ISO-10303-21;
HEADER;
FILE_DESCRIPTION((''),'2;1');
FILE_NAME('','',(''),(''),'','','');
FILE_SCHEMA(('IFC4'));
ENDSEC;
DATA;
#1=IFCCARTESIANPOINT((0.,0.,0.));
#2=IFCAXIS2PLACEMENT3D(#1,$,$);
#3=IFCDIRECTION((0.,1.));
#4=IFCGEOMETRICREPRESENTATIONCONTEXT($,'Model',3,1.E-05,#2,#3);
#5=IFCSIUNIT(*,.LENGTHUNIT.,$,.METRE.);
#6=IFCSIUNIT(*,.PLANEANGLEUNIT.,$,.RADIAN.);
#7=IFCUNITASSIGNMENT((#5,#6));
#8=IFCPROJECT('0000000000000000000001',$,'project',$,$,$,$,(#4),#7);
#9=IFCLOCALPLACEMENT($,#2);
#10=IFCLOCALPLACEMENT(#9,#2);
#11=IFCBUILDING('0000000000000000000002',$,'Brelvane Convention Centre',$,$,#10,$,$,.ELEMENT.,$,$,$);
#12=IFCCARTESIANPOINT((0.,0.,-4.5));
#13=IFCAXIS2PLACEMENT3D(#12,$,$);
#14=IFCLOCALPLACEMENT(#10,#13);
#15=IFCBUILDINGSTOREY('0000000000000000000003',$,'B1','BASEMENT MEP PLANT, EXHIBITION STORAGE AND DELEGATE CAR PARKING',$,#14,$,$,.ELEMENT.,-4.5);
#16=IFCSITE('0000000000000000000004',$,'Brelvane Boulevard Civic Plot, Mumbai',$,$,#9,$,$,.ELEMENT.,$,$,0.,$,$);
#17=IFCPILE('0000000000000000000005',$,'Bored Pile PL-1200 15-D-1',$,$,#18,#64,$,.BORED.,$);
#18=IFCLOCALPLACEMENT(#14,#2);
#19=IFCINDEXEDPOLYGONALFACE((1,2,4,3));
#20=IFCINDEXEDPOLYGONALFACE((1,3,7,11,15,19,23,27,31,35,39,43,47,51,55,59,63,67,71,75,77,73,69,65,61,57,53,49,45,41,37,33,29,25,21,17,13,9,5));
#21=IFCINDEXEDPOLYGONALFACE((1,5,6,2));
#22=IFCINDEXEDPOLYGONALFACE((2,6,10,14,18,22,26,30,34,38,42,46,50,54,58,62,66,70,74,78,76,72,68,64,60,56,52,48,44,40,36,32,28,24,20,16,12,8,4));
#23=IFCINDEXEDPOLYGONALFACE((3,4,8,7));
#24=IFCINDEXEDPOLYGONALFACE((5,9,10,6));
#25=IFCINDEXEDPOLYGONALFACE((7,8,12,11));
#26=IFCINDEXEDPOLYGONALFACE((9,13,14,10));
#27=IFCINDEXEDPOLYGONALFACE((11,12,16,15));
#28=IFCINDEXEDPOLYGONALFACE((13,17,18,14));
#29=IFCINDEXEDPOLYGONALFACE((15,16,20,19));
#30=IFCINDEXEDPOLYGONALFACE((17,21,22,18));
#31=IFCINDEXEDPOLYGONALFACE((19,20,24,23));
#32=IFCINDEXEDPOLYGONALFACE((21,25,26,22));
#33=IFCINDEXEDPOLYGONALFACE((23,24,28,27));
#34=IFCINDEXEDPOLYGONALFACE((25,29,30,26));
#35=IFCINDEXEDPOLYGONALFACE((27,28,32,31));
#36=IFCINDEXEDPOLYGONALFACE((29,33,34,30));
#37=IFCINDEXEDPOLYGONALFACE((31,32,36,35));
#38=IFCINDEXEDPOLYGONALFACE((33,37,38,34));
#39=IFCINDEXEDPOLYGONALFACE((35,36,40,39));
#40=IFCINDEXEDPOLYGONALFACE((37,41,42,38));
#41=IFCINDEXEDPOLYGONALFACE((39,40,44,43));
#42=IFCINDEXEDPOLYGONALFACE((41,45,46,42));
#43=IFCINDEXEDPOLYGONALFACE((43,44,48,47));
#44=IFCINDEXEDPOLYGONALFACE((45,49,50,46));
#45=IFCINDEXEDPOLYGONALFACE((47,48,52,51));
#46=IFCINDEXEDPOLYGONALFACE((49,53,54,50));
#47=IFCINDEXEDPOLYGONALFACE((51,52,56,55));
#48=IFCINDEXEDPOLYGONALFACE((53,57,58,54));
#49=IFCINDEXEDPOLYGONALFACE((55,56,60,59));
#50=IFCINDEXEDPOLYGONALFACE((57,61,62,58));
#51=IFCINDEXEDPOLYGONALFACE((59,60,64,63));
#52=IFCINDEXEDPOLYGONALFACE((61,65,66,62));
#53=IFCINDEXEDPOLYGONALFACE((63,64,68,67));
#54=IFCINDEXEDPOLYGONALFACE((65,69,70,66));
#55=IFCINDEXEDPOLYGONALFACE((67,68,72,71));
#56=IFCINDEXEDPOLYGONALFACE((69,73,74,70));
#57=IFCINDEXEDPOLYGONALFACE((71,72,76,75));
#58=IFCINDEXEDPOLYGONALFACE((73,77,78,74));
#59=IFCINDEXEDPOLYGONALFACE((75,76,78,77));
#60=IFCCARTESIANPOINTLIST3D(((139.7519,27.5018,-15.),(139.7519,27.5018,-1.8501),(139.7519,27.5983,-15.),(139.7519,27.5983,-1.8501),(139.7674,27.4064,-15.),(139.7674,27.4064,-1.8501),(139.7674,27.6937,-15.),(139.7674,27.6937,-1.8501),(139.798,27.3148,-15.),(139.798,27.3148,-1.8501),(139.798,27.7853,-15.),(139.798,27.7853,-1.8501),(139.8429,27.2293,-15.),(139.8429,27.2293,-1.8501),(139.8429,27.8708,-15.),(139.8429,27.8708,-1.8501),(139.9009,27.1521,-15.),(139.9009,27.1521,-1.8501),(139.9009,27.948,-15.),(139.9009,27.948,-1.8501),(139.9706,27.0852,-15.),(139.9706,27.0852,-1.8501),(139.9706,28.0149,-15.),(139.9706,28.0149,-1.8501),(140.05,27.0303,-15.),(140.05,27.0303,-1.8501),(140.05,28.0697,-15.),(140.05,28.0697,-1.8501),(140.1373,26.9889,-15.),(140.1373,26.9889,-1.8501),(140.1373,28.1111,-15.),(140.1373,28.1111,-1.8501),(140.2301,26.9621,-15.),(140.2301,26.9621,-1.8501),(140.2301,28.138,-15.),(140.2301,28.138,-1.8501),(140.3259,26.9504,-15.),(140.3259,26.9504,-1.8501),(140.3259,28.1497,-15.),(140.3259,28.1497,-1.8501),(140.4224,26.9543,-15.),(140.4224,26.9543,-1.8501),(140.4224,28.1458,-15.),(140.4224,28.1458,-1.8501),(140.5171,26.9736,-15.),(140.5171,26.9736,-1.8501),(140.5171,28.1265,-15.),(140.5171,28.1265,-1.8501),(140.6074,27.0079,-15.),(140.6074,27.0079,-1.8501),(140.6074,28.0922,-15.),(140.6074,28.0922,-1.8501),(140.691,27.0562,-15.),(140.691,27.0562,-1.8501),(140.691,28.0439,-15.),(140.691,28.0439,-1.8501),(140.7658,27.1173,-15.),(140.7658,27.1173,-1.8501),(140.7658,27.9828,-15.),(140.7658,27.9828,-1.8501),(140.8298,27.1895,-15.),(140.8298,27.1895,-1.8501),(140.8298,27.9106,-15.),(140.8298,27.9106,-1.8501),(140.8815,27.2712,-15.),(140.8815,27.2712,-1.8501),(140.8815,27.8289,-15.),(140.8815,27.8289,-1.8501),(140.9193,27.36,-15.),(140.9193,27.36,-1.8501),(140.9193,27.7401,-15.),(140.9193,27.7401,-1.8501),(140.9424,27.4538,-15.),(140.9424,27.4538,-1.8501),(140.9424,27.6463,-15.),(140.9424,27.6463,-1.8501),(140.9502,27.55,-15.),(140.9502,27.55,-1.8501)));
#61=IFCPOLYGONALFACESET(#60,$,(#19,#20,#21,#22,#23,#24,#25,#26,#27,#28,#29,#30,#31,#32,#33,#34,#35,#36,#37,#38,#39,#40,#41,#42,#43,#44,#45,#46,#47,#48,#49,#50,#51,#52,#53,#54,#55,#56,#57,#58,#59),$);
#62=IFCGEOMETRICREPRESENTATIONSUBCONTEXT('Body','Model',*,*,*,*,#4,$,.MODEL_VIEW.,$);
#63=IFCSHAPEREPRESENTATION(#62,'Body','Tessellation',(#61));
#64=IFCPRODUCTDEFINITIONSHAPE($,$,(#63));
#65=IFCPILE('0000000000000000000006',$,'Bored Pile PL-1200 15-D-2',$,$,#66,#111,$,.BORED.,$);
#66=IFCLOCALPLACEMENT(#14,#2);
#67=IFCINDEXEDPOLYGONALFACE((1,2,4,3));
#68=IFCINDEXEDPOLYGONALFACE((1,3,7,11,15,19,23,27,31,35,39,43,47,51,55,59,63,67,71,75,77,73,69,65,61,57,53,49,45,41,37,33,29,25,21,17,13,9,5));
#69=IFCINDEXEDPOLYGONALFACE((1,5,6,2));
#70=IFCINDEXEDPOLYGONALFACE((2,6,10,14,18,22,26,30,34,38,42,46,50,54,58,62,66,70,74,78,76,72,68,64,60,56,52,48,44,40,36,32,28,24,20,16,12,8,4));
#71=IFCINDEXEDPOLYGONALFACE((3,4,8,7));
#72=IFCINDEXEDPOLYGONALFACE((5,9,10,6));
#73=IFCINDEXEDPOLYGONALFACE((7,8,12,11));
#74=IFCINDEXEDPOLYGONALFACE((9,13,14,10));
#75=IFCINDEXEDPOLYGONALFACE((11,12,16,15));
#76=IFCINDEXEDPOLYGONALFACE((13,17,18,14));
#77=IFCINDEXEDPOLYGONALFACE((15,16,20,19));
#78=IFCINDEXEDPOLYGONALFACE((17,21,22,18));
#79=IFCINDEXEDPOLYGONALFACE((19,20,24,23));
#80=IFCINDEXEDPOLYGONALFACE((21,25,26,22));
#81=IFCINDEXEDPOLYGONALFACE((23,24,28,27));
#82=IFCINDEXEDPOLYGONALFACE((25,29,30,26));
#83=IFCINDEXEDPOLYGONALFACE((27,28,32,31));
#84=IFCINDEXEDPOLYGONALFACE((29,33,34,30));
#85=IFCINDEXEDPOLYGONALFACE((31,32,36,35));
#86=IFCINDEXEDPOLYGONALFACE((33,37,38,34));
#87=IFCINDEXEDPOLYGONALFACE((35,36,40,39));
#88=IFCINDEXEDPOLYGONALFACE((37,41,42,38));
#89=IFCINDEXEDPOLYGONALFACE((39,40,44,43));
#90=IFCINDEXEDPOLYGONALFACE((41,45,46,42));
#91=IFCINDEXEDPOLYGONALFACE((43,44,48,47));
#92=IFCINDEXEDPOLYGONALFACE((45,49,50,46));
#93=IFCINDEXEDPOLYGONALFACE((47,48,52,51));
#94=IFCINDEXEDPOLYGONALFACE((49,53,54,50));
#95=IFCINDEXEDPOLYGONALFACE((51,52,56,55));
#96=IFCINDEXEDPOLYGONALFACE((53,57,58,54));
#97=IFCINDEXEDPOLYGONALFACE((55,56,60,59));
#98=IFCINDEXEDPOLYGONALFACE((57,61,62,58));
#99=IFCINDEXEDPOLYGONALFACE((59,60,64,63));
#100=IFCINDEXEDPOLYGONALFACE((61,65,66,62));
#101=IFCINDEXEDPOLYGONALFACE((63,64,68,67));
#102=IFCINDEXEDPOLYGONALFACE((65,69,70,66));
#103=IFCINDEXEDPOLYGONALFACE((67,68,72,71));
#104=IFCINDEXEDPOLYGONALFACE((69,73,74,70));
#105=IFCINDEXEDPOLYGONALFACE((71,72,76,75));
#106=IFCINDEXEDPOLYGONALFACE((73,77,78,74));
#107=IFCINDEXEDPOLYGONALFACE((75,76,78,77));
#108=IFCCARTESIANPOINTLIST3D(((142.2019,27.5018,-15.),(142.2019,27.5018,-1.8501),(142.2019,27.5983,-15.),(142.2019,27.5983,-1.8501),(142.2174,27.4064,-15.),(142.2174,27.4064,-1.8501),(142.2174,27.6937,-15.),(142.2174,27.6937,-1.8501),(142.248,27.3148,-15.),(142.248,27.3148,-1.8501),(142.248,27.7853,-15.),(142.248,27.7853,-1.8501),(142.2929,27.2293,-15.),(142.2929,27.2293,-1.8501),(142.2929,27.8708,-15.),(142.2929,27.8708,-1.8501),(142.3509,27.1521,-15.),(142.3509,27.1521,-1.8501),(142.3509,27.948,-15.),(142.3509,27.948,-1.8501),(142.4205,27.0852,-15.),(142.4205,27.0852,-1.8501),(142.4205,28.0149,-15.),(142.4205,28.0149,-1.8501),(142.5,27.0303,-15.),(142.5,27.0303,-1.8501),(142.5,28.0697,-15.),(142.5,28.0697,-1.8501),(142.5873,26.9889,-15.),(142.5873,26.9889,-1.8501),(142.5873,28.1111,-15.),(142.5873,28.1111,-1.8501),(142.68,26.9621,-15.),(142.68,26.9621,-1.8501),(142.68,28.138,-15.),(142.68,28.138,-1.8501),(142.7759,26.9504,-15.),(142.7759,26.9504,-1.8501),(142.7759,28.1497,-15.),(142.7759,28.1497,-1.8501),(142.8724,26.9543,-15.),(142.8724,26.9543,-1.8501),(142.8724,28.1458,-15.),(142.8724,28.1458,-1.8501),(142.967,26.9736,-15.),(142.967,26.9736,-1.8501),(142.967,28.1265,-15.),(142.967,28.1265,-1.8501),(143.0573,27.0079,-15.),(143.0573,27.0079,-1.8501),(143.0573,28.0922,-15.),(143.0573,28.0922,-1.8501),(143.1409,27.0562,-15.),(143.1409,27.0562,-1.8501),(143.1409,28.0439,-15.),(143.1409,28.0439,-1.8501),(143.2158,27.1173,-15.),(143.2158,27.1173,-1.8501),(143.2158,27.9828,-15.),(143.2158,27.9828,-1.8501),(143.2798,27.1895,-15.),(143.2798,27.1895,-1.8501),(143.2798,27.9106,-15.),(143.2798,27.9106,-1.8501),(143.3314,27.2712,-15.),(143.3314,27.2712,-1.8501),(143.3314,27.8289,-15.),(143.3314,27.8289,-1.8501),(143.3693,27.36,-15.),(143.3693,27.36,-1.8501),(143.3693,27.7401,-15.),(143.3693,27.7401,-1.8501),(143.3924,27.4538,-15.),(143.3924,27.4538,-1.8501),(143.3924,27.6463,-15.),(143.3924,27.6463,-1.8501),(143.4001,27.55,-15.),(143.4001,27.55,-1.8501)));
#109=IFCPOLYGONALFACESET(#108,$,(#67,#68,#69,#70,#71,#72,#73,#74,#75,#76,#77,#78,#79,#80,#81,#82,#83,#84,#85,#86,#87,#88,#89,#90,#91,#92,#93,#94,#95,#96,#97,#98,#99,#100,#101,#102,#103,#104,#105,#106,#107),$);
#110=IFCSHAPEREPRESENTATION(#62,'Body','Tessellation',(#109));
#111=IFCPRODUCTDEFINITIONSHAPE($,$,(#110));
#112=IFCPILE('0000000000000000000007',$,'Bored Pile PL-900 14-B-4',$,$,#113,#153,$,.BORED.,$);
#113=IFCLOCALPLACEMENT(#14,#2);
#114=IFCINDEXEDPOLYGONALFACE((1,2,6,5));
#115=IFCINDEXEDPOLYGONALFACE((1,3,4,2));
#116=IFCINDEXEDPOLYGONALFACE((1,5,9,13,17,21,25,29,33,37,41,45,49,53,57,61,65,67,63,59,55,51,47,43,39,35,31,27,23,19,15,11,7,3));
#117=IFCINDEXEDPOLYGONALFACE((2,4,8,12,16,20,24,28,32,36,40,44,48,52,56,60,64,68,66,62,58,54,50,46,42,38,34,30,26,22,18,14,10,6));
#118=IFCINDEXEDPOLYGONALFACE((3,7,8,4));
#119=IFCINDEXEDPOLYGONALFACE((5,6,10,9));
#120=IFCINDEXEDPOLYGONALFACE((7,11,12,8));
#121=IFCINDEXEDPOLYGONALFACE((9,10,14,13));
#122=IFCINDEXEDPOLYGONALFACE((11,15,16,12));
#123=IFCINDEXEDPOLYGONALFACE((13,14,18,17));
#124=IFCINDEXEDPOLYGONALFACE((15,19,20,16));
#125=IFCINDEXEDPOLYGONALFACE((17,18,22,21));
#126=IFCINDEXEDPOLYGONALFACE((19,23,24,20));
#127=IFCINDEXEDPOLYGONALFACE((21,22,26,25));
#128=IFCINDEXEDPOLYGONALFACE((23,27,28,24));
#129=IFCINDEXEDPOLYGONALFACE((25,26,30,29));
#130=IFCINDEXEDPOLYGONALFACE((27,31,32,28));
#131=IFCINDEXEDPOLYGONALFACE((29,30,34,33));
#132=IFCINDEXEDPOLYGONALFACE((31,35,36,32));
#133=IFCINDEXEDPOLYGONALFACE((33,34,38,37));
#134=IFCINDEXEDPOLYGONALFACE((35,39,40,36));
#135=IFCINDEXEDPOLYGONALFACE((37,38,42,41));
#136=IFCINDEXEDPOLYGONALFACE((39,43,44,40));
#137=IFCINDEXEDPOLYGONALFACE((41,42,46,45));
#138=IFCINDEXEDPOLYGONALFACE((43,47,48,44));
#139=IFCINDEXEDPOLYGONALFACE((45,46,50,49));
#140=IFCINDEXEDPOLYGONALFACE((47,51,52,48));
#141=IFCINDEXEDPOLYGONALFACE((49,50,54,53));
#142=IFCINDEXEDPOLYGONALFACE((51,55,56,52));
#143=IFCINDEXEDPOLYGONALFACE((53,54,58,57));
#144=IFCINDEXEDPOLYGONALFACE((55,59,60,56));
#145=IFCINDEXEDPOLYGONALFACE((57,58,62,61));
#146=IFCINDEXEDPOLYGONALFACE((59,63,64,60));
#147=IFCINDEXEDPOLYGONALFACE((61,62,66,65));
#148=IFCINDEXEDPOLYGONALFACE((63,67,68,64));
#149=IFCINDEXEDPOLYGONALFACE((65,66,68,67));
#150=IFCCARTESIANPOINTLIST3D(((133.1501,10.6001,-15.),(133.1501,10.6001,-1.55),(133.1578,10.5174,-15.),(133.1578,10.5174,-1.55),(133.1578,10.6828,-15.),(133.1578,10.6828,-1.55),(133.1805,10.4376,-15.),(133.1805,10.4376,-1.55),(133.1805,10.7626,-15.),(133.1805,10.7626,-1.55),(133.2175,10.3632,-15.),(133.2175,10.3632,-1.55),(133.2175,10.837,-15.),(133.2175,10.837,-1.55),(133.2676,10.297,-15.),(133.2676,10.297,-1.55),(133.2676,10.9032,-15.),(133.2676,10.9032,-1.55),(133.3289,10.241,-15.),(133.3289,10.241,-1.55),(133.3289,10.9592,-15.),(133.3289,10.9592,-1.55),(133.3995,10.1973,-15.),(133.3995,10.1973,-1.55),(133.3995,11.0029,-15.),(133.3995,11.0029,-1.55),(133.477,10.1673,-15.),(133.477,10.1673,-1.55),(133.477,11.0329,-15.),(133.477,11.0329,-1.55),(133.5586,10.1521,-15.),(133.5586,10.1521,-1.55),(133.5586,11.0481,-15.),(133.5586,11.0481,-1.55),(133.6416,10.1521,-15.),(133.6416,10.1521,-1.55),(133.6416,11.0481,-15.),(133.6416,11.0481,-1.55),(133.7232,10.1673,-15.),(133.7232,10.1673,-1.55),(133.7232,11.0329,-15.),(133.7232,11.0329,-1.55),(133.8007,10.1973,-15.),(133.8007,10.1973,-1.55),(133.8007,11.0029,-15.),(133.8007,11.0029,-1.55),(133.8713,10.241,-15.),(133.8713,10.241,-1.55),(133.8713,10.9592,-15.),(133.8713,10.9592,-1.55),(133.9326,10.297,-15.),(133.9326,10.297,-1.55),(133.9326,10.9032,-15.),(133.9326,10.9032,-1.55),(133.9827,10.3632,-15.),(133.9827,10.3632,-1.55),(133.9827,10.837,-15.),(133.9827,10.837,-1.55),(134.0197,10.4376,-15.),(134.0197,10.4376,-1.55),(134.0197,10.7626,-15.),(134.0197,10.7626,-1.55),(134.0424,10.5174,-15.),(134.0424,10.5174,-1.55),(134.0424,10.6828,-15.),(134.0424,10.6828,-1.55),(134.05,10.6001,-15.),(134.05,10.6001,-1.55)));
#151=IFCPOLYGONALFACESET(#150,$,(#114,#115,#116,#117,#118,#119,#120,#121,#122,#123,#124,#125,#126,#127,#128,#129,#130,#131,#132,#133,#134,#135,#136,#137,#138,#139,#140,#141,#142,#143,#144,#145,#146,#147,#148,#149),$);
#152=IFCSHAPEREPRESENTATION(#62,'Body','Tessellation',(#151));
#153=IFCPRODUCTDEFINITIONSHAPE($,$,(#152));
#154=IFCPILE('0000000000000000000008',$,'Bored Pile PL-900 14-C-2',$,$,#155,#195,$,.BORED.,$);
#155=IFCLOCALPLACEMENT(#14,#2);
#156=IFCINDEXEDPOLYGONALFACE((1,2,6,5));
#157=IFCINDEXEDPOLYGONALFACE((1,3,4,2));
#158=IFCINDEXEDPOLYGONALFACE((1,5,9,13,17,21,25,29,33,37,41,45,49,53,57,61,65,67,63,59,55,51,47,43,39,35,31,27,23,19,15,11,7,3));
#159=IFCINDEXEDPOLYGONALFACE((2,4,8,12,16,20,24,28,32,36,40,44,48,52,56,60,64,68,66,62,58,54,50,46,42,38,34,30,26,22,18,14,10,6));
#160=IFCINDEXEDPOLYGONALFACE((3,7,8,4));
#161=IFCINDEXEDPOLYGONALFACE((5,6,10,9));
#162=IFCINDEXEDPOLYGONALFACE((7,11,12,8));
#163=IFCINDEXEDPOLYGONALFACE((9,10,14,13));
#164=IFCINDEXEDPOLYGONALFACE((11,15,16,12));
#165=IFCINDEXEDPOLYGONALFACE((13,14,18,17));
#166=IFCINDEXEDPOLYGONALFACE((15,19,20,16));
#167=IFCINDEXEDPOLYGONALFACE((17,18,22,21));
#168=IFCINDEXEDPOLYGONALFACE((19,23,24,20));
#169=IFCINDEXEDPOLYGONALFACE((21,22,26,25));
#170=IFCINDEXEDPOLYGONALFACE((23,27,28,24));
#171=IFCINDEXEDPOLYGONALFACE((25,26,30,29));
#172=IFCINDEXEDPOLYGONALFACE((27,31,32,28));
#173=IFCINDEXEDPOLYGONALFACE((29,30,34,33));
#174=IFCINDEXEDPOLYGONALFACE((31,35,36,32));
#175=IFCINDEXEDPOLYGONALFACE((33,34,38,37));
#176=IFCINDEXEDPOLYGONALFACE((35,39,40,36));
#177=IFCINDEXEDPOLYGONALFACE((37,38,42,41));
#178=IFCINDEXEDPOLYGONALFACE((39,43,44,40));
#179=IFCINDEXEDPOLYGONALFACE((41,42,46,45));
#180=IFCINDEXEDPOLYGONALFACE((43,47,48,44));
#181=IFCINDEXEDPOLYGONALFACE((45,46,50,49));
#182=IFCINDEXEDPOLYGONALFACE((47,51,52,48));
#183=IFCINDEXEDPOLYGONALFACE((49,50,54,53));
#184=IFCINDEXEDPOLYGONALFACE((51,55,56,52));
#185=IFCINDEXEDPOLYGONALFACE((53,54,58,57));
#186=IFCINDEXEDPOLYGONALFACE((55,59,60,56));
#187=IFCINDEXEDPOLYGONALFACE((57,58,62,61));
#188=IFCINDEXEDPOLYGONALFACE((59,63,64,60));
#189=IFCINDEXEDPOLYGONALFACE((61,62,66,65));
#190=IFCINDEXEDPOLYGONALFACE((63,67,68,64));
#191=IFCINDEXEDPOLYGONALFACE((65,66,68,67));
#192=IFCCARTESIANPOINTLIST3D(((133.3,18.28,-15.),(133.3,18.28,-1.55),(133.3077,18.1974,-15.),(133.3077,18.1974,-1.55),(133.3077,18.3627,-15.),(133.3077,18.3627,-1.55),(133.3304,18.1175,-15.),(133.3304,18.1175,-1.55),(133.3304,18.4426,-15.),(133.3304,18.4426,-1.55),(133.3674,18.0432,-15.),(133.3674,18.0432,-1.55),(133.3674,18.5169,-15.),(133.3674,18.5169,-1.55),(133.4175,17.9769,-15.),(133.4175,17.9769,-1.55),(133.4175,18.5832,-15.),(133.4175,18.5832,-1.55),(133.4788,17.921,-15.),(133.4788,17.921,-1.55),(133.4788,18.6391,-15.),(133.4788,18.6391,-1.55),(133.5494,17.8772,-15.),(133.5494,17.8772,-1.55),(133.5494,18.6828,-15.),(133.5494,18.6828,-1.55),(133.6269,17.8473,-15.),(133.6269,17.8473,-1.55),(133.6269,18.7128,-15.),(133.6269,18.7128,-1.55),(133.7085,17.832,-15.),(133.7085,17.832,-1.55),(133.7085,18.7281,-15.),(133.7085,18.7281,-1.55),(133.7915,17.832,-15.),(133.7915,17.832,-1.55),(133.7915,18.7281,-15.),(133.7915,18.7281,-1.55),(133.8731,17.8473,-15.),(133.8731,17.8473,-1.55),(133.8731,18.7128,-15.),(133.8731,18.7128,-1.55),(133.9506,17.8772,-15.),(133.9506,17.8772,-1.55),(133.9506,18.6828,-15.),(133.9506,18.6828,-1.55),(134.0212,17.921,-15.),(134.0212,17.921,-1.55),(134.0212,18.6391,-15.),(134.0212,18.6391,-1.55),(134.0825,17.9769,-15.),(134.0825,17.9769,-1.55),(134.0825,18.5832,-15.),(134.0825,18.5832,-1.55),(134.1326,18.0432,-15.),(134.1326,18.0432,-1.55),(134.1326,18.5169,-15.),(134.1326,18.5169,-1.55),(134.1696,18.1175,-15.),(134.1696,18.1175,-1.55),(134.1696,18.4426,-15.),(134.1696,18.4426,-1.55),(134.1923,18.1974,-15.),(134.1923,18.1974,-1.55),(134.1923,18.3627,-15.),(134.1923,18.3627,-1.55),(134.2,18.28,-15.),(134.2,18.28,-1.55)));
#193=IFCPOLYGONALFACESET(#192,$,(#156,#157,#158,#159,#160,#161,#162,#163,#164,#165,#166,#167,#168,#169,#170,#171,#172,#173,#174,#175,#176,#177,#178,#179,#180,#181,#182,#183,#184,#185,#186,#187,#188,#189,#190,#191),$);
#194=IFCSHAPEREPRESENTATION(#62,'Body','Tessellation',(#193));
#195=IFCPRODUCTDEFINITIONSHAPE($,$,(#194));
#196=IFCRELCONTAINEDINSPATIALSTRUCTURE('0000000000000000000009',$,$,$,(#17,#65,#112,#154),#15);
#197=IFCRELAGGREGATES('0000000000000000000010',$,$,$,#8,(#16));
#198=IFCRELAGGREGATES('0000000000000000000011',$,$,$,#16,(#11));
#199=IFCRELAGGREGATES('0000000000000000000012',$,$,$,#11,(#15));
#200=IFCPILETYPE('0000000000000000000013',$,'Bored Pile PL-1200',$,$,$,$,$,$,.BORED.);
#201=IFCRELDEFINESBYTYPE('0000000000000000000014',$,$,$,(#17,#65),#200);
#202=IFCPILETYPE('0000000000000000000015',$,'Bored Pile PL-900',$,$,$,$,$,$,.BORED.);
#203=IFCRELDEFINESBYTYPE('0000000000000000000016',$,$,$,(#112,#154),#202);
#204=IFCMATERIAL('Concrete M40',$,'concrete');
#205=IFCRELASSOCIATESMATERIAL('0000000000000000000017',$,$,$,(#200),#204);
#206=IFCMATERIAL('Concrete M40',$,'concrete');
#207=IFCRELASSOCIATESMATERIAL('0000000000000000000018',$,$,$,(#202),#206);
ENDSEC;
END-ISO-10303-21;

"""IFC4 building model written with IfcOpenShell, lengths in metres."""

from ifc_helpers import new_model, si_unit, direction, frame, origin, origin_2d, place, context, subcontext, project, spatial, circle, extrude, material, material_profile, profile_set, type_object, element, save


model = new_model("IFC4")

# Units and contexts
model_context = context("Model", 3, precision=1e-05, world=origin(), true_north=direction((0.0, 1.0)))
body_context = subcontext(model_context, "Body", "Model", "MODEL_VIEW")
ifc_project = project(units=[si_unit("LENGTHUNIT", "METRE"), si_unit("PLANEANGLEUNIT", "RADIAN")], contexts=[model_context])

# Site, building, storey
site_placement = place(None, origin())
site = spatial("IfcSite", under=ifc_project, at=site_placement, Name="Brelvane Boulevard Civic Plot, Mumbai", CompositionType="ELEMENT", RefElevation=0.0)
building_placement = place(site_placement, origin())
building = spatial("IfcBuilding", under=site, at=building_placement, Name="Brelvane Convention Centre", CompositionType="ELEMENT")
storey_placement = place(building_placement, frame((0.0, 0.0, -4.5)))
storey = spatial("IfcBuildingStorey", under=building, at=storey_placement, Name="B1", Description="BASEMENT MEP PLANT, EXHIBITION STORAGE AND DELEGATE CAR PARKING", CompositionType="ELEMENT", Elevation=-4.5)

# Piles
ifc_material_1 = material(Name="Concrete M40", Category="concrete")
ifc_material_profile_1 = material_profile(ifc_material_1, circle(Radius=0.6001, at=origin_2d()), Name="PILE D1200")
ifc_profile_set_1 = profile_set([ifc_material_profile_1], Name="Concrete M40")
pile_type_1 = type_object("IfcPileType", Name="Bored Pile PL-1200", PredefinedType="BORED", material=ifc_profile_set_1)
for number, where, z_axis, x_axis, name in (
    (1, (140.3501, 27.55, -1.8501), (0.0, 0.0, -1.0), (1.0, 0.0, 0.0), "Bored Pile PL-1200 15-D-1"),
    (2, (142.8, 27.55, -1.8501), (0.0, 0.0, -1.0), (1.0, 0.0, 0.0), "Bored Pile PL-1200 15-D-2"),
):
    element("IfcPile", number, at=place(storey_placement, frame(where, z_axis=z_axis, x_axis=x_axis)), inside=storey, type_object=pile_type_1, Name=name, PredefinedType="BORED", context=body_context, shape_type="SweptSolid", body=[
        extrude(circle(Radius=0.6001, at=origin_2d()), origin(), (0.0, 0.0, 1.0), 13.1499),
    ])
ifc_material_2 = material(Name="Concrete M40", Category="concrete")
ifc_material_profile_2 = material_profile(ifc_material_2, circle(Radius=0.45, at=origin_2d()), Name="PILE D900")
ifc_profile_set_2 = profile_set([ifc_material_profile_2], Name="Concrete M40")
pile_type_2 = type_object("IfcPileType", Name="Bored Pile PL-900", PredefinedType="BORED", material=ifc_profile_set_2)
for number, where, z_axis, x_axis, name in (
    (3, (133.6001, 10.6001, -1.55), (0.0, 0.0, -1.0), (1.0, 0.0, 0.0), "Bored Pile PL-900 14-B-4"),
    (4, (133.75, 18.28, -1.55), (0.0, 0.0, -1.0), (1.0, 0.0, 0.0), "Bored Pile PL-900 14-C-2"),
):
    element("IfcPile", number, at=place(storey_placement, frame(where, z_axis=z_axis, x_axis=x_axis)), inside=storey, type_object=pile_type_2, Name=name, PredefinedType="BORED", context=body_context, shape_type="SweptSolid", body=[
        extrude(circle(Radius=0.45, at=origin_2d()), origin(), (0.0, 0.0, 1.0), 13.45),
    ])

save(model, "model.ifc")
